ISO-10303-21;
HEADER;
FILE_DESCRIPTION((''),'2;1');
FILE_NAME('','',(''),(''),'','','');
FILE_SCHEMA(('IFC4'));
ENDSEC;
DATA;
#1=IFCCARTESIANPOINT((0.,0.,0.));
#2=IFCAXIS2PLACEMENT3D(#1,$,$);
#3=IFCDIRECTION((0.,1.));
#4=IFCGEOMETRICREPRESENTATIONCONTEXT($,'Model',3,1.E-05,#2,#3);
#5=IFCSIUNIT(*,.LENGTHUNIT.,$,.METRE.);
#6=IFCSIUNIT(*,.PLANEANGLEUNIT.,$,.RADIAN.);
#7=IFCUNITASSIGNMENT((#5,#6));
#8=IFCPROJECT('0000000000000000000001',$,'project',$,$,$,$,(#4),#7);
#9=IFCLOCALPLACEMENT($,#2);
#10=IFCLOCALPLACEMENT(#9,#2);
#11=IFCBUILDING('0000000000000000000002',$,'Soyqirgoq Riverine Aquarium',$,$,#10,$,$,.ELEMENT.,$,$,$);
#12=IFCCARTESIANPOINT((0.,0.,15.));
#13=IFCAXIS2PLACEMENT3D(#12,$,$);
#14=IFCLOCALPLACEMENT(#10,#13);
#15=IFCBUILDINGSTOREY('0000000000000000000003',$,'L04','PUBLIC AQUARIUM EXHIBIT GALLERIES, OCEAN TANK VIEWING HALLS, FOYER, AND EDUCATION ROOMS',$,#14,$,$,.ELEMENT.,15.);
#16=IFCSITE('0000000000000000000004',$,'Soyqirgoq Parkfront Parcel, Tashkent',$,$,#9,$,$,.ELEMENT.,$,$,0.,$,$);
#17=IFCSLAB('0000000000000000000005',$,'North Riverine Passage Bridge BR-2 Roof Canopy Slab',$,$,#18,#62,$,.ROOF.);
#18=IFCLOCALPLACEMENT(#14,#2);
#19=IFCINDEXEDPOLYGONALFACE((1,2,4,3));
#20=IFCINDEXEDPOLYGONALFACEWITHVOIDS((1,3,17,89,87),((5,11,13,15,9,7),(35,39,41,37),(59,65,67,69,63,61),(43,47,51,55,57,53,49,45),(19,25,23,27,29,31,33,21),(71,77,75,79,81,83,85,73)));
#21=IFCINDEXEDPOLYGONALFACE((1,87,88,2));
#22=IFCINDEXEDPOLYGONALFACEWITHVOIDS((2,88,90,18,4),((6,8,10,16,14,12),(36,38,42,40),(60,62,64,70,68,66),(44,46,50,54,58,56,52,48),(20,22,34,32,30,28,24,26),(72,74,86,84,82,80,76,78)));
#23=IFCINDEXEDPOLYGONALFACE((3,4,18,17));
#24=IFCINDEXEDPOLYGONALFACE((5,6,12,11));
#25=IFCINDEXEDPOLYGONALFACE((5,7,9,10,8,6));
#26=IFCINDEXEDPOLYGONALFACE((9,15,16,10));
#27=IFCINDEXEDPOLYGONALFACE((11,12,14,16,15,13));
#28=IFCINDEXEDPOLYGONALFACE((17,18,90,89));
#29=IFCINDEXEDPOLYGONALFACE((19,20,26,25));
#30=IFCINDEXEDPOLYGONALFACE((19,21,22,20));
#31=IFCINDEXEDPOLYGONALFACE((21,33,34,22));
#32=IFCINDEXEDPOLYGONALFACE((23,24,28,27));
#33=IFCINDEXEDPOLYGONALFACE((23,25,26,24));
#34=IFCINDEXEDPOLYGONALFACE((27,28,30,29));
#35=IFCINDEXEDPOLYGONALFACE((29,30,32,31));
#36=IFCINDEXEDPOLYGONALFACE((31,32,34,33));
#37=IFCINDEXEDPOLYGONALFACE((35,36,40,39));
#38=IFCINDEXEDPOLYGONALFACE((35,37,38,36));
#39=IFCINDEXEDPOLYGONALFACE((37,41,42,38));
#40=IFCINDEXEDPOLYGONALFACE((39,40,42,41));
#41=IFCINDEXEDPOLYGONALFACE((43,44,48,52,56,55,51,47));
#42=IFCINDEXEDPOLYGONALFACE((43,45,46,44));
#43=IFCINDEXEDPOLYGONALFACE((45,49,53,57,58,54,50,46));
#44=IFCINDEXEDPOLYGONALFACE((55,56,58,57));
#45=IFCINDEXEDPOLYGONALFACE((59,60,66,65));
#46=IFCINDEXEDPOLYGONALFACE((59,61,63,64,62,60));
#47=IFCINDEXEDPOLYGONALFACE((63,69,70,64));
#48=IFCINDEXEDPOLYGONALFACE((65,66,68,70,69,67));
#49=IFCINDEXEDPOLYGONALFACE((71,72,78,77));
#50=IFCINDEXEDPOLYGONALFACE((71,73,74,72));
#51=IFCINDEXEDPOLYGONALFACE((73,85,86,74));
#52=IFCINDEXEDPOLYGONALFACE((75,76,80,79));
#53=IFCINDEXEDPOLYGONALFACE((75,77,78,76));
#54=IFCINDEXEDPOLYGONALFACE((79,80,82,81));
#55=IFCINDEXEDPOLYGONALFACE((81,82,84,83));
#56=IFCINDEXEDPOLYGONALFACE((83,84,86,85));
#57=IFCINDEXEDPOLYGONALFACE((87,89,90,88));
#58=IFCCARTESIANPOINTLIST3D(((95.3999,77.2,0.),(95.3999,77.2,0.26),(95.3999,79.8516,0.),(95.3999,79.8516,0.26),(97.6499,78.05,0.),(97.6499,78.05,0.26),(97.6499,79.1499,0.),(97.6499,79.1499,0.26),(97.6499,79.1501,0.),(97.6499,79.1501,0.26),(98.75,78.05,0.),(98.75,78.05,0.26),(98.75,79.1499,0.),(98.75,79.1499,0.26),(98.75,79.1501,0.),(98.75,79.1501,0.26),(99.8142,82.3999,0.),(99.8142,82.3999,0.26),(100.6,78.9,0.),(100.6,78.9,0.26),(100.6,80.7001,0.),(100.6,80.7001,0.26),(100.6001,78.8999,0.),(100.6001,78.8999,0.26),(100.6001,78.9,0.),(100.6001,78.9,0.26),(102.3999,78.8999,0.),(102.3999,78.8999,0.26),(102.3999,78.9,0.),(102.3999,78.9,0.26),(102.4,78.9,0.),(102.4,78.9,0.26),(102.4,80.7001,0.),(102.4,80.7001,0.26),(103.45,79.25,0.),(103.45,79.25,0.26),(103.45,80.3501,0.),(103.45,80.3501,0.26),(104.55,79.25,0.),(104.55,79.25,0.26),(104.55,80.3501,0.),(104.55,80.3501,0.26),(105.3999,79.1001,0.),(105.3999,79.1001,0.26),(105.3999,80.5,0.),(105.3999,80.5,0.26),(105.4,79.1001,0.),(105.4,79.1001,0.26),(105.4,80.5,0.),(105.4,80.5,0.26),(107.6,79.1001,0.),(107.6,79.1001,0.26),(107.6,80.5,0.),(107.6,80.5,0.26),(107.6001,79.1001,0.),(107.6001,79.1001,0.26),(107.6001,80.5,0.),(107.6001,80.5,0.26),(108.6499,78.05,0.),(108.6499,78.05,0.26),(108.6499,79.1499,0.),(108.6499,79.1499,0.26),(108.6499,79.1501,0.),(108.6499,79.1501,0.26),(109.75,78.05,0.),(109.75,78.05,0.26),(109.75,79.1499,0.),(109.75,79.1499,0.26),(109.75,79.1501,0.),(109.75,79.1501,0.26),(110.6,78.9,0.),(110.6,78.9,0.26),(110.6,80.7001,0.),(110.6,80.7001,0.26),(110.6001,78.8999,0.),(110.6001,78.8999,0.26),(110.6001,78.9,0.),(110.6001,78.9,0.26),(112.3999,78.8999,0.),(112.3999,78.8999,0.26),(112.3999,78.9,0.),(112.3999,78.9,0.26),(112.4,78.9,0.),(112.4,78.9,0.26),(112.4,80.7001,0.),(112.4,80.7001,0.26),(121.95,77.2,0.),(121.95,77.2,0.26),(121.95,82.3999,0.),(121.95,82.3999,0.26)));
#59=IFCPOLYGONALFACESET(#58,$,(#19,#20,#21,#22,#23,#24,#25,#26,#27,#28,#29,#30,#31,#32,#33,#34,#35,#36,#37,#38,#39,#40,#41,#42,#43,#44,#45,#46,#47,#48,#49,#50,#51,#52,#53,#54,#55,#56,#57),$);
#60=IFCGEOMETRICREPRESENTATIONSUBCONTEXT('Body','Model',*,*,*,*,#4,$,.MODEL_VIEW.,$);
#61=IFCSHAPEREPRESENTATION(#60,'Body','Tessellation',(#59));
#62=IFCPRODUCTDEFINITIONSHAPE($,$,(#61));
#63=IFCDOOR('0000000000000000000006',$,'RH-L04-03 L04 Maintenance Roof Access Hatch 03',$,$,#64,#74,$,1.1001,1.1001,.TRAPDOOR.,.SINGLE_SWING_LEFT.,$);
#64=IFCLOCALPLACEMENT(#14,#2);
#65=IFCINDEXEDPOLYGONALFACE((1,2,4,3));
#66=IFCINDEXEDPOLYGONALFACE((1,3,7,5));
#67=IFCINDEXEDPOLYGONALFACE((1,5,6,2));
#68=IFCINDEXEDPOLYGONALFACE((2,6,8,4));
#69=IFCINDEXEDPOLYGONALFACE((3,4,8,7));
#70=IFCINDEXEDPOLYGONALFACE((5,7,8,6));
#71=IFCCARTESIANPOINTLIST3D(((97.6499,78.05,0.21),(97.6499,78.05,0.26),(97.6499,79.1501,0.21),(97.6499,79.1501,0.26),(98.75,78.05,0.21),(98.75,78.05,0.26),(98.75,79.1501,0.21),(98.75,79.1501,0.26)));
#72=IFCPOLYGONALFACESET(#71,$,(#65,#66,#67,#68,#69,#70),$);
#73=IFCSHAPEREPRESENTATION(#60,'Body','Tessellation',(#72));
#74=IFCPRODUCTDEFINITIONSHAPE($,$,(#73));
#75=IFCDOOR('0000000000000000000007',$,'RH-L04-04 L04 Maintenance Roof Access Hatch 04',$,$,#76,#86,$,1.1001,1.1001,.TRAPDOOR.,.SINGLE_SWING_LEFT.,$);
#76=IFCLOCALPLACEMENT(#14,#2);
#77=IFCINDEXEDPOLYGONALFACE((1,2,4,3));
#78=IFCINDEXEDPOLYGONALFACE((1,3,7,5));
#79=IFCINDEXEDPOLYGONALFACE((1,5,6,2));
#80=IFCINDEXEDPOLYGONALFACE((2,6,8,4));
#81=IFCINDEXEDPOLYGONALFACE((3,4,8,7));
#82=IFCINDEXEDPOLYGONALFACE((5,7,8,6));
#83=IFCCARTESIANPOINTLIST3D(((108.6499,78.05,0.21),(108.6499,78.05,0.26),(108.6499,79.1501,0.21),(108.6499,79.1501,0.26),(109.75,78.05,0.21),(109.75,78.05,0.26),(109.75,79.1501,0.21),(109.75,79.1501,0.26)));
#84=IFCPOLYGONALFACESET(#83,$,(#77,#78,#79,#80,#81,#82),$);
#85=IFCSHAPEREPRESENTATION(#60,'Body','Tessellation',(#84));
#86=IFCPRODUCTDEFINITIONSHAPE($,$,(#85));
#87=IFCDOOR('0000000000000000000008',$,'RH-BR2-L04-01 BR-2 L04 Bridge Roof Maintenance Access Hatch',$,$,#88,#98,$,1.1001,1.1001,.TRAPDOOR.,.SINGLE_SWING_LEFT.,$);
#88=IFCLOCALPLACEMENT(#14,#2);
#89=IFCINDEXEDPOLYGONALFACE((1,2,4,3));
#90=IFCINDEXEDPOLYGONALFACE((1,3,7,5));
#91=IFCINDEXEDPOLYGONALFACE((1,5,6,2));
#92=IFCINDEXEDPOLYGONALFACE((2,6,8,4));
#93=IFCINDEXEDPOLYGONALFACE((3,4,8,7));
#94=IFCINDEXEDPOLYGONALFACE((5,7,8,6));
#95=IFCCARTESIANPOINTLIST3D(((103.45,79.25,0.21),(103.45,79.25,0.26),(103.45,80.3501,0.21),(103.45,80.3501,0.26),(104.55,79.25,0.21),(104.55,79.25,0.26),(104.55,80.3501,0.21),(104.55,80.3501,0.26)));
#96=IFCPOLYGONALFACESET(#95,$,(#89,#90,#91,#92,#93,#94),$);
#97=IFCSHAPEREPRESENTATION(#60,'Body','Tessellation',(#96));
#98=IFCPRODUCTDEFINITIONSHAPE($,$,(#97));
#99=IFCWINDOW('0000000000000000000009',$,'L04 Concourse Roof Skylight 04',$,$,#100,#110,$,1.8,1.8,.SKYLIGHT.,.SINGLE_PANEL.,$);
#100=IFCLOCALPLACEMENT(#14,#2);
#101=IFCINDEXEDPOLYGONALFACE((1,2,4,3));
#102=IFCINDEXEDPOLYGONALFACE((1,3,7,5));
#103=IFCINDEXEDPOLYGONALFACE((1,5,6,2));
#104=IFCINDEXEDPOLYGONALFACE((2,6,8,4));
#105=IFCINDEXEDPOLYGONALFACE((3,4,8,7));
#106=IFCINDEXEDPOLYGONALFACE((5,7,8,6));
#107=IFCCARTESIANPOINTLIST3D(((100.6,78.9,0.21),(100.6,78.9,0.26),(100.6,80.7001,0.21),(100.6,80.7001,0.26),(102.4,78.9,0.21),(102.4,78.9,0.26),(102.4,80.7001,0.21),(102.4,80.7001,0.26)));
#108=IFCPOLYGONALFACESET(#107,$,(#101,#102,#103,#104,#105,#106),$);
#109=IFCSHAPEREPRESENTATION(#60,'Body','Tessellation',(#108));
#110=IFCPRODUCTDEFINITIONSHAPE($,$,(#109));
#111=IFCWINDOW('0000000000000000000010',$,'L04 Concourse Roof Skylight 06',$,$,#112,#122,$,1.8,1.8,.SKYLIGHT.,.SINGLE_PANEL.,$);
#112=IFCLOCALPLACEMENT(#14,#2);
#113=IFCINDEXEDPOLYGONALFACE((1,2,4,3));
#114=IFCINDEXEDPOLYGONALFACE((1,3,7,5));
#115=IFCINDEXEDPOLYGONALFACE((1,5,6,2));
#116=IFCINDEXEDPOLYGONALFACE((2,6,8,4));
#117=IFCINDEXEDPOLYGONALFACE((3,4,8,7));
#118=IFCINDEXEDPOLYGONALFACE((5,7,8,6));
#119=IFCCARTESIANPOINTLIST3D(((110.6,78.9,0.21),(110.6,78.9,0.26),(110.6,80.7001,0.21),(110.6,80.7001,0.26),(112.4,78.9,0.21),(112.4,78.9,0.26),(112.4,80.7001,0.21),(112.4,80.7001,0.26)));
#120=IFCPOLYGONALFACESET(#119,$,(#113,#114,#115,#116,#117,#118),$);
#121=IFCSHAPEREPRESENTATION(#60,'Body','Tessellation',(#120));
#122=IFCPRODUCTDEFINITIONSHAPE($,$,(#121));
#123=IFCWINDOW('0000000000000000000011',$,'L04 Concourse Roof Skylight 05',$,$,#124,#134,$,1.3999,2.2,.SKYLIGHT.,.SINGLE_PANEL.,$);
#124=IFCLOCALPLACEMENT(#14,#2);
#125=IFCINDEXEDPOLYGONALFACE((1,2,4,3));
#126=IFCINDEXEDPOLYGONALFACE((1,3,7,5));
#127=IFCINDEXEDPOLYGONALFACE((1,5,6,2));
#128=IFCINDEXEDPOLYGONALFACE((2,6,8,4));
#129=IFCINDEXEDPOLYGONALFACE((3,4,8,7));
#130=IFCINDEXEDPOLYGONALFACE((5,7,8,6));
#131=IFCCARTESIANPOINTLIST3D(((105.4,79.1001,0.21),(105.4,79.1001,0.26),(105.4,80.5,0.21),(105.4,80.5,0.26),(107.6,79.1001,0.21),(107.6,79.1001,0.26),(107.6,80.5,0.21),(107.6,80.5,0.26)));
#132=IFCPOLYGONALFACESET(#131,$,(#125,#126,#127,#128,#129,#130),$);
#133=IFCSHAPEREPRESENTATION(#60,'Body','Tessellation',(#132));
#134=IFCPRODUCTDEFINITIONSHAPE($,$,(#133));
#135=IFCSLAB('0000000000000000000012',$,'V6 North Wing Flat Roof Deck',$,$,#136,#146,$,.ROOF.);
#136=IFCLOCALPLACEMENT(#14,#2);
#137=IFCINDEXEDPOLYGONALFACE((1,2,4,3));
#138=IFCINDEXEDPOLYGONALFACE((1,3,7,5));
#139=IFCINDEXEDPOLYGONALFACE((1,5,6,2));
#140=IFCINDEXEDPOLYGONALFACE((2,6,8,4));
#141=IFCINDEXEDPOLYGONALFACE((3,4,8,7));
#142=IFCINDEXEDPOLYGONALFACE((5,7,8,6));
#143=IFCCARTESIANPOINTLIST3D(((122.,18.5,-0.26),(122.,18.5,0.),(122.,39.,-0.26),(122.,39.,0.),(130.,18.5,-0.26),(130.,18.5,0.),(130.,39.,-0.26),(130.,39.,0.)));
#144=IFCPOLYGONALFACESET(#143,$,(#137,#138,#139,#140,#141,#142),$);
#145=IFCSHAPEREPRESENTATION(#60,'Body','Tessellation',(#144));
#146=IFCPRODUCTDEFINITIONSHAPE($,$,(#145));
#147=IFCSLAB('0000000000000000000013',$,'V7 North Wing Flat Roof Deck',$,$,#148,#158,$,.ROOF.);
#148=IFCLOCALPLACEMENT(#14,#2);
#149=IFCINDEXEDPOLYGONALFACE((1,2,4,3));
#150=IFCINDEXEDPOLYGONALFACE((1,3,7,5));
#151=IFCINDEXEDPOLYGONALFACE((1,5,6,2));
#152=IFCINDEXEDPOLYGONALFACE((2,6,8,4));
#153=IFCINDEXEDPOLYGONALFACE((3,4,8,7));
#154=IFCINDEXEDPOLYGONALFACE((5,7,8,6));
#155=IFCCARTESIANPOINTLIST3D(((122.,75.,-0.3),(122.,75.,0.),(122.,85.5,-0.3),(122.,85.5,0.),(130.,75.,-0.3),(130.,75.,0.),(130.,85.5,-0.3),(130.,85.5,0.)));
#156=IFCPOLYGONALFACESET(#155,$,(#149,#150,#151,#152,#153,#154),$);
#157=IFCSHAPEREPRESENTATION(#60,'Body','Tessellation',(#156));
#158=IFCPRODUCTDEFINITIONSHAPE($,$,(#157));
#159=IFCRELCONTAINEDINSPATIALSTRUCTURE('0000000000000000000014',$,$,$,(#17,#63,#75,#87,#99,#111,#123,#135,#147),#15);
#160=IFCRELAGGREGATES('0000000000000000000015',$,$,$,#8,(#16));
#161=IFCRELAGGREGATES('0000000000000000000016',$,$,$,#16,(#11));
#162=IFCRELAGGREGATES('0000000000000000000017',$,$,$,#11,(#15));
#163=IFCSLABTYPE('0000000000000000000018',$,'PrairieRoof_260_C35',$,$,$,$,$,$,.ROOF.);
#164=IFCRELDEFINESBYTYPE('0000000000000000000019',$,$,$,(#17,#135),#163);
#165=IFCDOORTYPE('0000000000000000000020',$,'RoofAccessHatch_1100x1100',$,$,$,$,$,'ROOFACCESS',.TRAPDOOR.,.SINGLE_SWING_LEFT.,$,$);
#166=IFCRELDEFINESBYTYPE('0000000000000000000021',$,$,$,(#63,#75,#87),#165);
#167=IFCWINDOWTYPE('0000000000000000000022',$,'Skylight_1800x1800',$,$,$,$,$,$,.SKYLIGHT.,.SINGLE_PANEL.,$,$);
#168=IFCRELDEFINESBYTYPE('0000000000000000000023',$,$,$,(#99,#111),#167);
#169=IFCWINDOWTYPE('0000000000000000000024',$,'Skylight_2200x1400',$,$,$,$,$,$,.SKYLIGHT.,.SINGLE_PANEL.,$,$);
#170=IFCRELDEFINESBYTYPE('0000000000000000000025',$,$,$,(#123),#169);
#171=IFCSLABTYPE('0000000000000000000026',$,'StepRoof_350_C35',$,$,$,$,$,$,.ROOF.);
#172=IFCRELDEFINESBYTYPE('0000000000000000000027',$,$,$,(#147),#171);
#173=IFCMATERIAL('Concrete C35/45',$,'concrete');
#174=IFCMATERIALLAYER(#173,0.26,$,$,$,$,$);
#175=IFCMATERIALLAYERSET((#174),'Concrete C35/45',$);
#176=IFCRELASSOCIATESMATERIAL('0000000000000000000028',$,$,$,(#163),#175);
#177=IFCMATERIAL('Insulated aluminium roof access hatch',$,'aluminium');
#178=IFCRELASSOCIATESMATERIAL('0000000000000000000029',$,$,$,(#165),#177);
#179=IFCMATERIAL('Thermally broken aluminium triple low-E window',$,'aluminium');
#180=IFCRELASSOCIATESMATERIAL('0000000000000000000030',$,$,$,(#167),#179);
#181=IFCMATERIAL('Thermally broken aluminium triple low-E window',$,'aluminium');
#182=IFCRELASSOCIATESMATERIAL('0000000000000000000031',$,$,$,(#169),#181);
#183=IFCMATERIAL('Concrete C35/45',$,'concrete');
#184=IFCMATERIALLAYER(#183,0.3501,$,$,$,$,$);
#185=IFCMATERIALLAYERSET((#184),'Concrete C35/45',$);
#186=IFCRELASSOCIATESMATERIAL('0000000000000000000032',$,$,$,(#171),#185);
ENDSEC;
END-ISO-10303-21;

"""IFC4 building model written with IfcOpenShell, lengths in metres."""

from ifc_helpers import new_model, si_unit, direction, frame, origin, origin_2d, place, context, subcontext, project, spatial, polyline, rectangle, outline, extrude, material, layer, layer_set, type_object, element, fill, save


model = new_model("IFC4")

# Units and contexts
model_context = context("Model", 3, precision=1e-05, world=origin(), true_north=direction((0.0, 1.0)))
body_context = subcontext(model_context, "Body", "Model", "MODEL_VIEW")
ifc_project = project(units=[si_unit("LENGTHUNIT", "METRE"), si_unit("PLANEANGLEUNIT", "RADIAN")], contexts=[model_context])

# Site, building, storey
site_placement = place(None, origin())
site = spatial("IfcSite", under=ifc_project, at=site_placement, Name="Soyqirgoq Parkfront Parcel, Tashkent", CompositionType="ELEMENT", RefElevation=0.0)
building_placement = place(site_placement, origin())
building = spatial("IfcBuilding", under=site, at=building_placement, Name="Soyqirgoq Riverine Aquarium", CompositionType="ELEMENT")
storey_placement = place(building_placement, frame((0.0, 0.0, 15.0)))
storey = spatial("IfcBuildingStorey", under=building, at=storey_placement, Name="L04", Description="PUBLIC AQUARIUM EXHIBIT GALLERIES, OCEAN TANK VIEWING HALLS, FOYER, AND EDUCATION ROOMS", CompositionType="ELEMENT", Elevation=15.0)

# Slab, openings, doors, windows
ifc_material_1 = material(Name="Concrete C35/45", Category="concrete")
ifc_layer_1 = layer(ifc_material_1, 0.26)
ifc_layer_set_1 = layer_set([ifc_layer_1], Name="Concrete C35/45")
slab_type_1 = type_object("IfcSlabType", Name="PrairieRoof_260_C35", PredefinedType="ROOF", material=ifc_layer_set_1)
slab_1_placement = place(storey_placement, origin())
slab_1 = element("IfcSlab", 1, at=slab_1_placement, inside=storey, type_object=slab_type_1, Name="North Riverine Passage Bridge BR-2 Roof Canopy Slab", PredefinedType="ROOF", context=body_context, shape_type="SweptSolid", body=[
    extrude(outline(polyline([(99.8142, 82.3999), (95.3999, 79.8516), (95.3999, 77.2), (121.95, 77.2), (121.95, 82.3999), (99.8142, 82.3999)]), holes=[polyline([(100.6001, 78.8999), (100.6001, 80.7), (102.3999, 80.7), (102.3999, 78.8999), (100.6001, 78.8999)]), polyline([(105.3999, 79.1001), (105.3999, 80.5), (107.6001, 80.5), (107.6001, 79.1001), (105.3999, 79.1001)]), polyline([(110.6001, 78.8999), (110.6001, 80.7), (112.3999, 80.7), (112.3999, 78.8999), (110.6001, 78.8999)]), polyline([(97.6499, 78.05), (97.6499, 79.1499), (98.75, 79.1499), (98.75, 78.05), (97.6499, 78.05)]), polyline([(108.6499, 78.05), (108.6499, 79.1499), (109.75, 79.1499), (109.75, 78.05), (108.6499, 78.05)]), polyline([(103.45, 79.25), (103.45, 80.3501), (104.55, 80.3501), (104.55, 79.25), (103.45, 79.25)])]), origin(), (0.0, 0.0, 1.0), 0.26),
])
opening_1_placement = place(slab_1_placement, frame((101.5, 79.8, 0.0)))
opening_1 = element("IfcOpeningElement", 2, at=opening_1_placement, cuts=slab_1, PredefinedType="OPENING", context=body_context, shape_type="SweptSolid", body=[
    extrude(rectangle(XDim=1.8, YDim=1.8, at=origin_2d()), origin(), (0.0, 0.0, 1.0), 0.26),
])
opening_2_placement = place(slab_1_placement, frame((106.5, 79.8, 0.0)))
opening_2 = element("IfcOpeningElement", 3, at=opening_2_placement, cuts=slab_1, PredefinedType="OPENING", context=body_context, shape_type="SweptSolid", body=[
    extrude(rectangle(XDim=2.2, YDim=1.3999, at=origin_2d()), origin(), (0.0, 0.0, 1.0), 0.26),
])
opening_3_placement = place(slab_1_placement, frame((111.5, 79.8, 0.0)))
opening_3 = element("IfcOpeningElement", 4, at=opening_3_placement, cuts=slab_1, PredefinedType="OPENING", context=body_context, shape_type="SweptSolid", body=[
    extrude(rectangle(XDim=1.8, YDim=1.8, at=origin_2d()), origin(), (0.0, 0.0, 1.0), 0.26),
])
opening_4_placement = place(slab_1_placement, frame((98.2, 78.6001, 0.0)))
opening_4 = element("IfcOpeningElement", 5, at=opening_4_placement, cuts=slab_1, PredefinedType="OPENING", context=body_context, shape_type="SweptSolid", body=[
    extrude(rectangle(XDim=1.1001, YDim=1.1001, at=origin_2d()), origin(), (0.0, 0.0, 1.0), 0.26),
])
opening_5_placement = place(slab_1_placement, frame((109.2, 78.6001, 0.0)))
opening_5 = element("IfcOpeningElement", 6, at=opening_5_placement, cuts=slab_1, PredefinedType="OPENING", context=body_context, shape_type="SweptSolid", body=[
    extrude(rectangle(XDim=1.1001, YDim=1.1001, at=origin_2d()), origin(), (0.0, 0.0, 1.0), 0.26),
])
opening_6_placement = place(slab_1_placement, frame((104.0, 79.8, 0.0)))
opening_6 = element("IfcOpeningElement", 7, at=opening_6_placement, cuts=slab_1, PredefinedType="OPENING", context=body_context, shape_type="SweptSolid", body=[
    extrude(rectangle(XDim=1.1001, YDim=1.1001, at=origin_2d()), origin(), (0.0, 0.0, 1.0), 0.26),
])
ifc_material_2 = material(Name="Insulated aluminium roof access hatch", Category="aluminium")
door_type = type_object("IfcDoorType", Name="RoofAccessHatch_1100x1100", ElementType="ROOFACCESS", OperationType="SINGLE_SWING_LEFT", PredefinedType="TRAPDOOR", material=ifc_material_2)
door_1_placement = place(opening_4_placement, frame((0.0, 0.0, 0.21)))
door_1 = element("IfcDoor", 8, at=door_1_placement, inside=storey, type_object=door_type, Name="RH-L04-03 L04 Maintenance Roof Access Hatch 03", OperationType="SINGLE_SWING_LEFT", OverallHeight=1.1001, OverallWidth=1.1001, PredefinedType="TRAPDOOR", context=body_context, shape_type="SweptSolid", body=[
    extrude(rectangle(XDim=1.1001, YDim=1.1001, at=origin_2d()), origin(), (0.0, 0.0, 1.0), 0.05),
])
fill(opening_4, door_1)
door_2_placement = place(opening_5_placement, frame((0.0, 0.0, 0.21)))
door_2 = element("IfcDoor", 9, at=door_2_placement, inside=storey, type_object=door_type, Name="RH-L04-04 L04 Maintenance Roof Access Hatch 04", OperationType="SINGLE_SWING_LEFT", OverallHeight=1.1001, OverallWidth=1.1001, PredefinedType="TRAPDOOR", context=body_context, shape_type="SweptSolid", body=[
    extrude(rectangle(XDim=1.1001, YDim=1.1001, at=origin_2d()), origin(), (0.0, 0.0, 1.0), 0.05),
])
fill(opening_5, door_2)
door_3_placement = place(opening_6_placement, frame((0.0, 0.0, 0.21)))
door_3 = element("IfcDoor", 10, at=door_3_placement, inside=storey, type_object=door_type, Name="RH-BR2-L04-01 BR-2 L04 Bridge Roof Maintenance Access Hatch", OperationType="SINGLE_SWING_LEFT", OverallHeight=1.1001, OverallWidth=1.1001, PredefinedType="TRAPDOOR", context=body_context, shape_type="SweptSolid", body=[
    extrude(rectangle(XDim=1.1001, YDim=1.1001, at=origin_2d()), origin(), (0.0, 0.0, 1.0), 0.05),
])
fill(opening_6, door_3)
ifc_material_3 = material(Name="Thermally broken aluminium triple low-E window", Category="aluminium")
window_type_1 = type_object("IfcWindowType", Name="Skylight_1800x1800", PartitioningType="SINGLE_PANEL", PredefinedType="SKYLIGHT", material=ifc_material_3)
window_1_placement = place(opening_1_placement, frame((0.0, 0.0, 0.21)))
window_1 = element("IfcWindow", 11, at=window_1_placement, inside=storey, type_object=window_type_1, Name="L04 Concourse Roof Skylight 04", OverallHeight=1.8, OverallWidth=1.8, PartitioningType="SINGLE_PANEL", PredefinedType="SKYLIGHT", context=body_context, shape_type="SweptSolid", body=[
    extrude(rectangle(XDim=1.8, YDim=1.8, at=origin_2d()), origin(), (0.0, 0.0, 1.0), 0.05),
])
fill(opening_1, window_1)
window_2_placement = place(opening_3_placement, frame((0.0, 0.0, 0.21)))
window_2 = element("IfcWindow", 12, at=window_2_placement, inside=storey, type_object=window_type_1, Name="L04 Concourse Roof Skylight 06", OverallHeight=1.8, OverallWidth=1.8, PartitioningType="SINGLE_PANEL", PredefinedType="SKYLIGHT", context=body_context, shape_type="SweptSolid", body=[
    extrude(rectangle(XDim=1.8, YDim=1.8, at=origin_2d()), origin(), (0.0, 0.0, 1.0), 0.05),
])
fill(opening_3, window_2)
ifc_material_4 = material(Name="Thermally broken aluminium triple low-E window", Category="aluminium")
window_type_2 = type_object("IfcWindowType", Name="Skylight_2200x1400", PartitioningType="SINGLE_PANEL", PredefinedType="SKYLIGHT", material=ifc_material_4)
window_3_placement = place(opening_2_placement, frame((0.0, 0.0, 0.21)))
window_3 = element("IfcWindow", 13, at=window_3_placement, inside=storey, type_object=window_type_2, Name="L04 Concourse Roof Skylight 05", OverallHeight=1.3999, OverallWidth=2.2, PartitioningType="SINGLE_PANEL", PredefinedType="SKYLIGHT", context=body_context, shape_type="SweptSolid", body=[
    extrude(rectangle(XDim=2.2, YDim=1.3999, at=origin_2d()), origin(), (0.0, 0.0, 1.0), 0.05),
])
fill(opening_2, window_3)

# Slabs
slab_2_placement = place(storey_placement, frame((0.0, 0.0, -0.26)))
element("IfcSlab", 14, at=slab_2_placement, inside=storey, type_object=slab_type_1, Name="V6 North Wing Flat Roof Deck", PredefinedType="ROOF", context=body_context, shape_type="SweptSolid", body=[
    extrude(outline(polyline([(122.0, 18.5), (130.0, 18.5), (130.0, 39.0), (122.0, 39.0), (122.0, 18.5)])), origin(), (0.0, 0.0, 1.0), 0.26),
])
ifc_material_5 = material(Name="Concrete C35/45", Category="concrete")
ifc_layer_2 = layer(ifc_material_5, 0.3501)
ifc_layer_set_2 = layer_set([ifc_layer_2], Name="Concrete C35/45")
slab_type_2 = type_object("IfcSlabType", Name="StepRoof_350_C35", PredefinedType="ROOF", material=ifc_layer_set_2)
slab_3_placement = place(storey_placement, frame((0.0, 0.0, -0.3)))
element("IfcSlab", 15, at=slab_3_placement, inside=storey, type_object=slab_type_2, Name="V7 North Wing Flat Roof Deck", PredefinedType="ROOF", context=body_context, shape_type="SweptSolid", body=[
    extrude(outline(polyline([(122.0, 75.0), (130.0, 75.0), (130.0, 85.5), (122.0, 85.5), (122.0, 75.0)])), origin(), (0.0, 0.0, 1.0), 0.3),
])

save(model, "model.ifc")
